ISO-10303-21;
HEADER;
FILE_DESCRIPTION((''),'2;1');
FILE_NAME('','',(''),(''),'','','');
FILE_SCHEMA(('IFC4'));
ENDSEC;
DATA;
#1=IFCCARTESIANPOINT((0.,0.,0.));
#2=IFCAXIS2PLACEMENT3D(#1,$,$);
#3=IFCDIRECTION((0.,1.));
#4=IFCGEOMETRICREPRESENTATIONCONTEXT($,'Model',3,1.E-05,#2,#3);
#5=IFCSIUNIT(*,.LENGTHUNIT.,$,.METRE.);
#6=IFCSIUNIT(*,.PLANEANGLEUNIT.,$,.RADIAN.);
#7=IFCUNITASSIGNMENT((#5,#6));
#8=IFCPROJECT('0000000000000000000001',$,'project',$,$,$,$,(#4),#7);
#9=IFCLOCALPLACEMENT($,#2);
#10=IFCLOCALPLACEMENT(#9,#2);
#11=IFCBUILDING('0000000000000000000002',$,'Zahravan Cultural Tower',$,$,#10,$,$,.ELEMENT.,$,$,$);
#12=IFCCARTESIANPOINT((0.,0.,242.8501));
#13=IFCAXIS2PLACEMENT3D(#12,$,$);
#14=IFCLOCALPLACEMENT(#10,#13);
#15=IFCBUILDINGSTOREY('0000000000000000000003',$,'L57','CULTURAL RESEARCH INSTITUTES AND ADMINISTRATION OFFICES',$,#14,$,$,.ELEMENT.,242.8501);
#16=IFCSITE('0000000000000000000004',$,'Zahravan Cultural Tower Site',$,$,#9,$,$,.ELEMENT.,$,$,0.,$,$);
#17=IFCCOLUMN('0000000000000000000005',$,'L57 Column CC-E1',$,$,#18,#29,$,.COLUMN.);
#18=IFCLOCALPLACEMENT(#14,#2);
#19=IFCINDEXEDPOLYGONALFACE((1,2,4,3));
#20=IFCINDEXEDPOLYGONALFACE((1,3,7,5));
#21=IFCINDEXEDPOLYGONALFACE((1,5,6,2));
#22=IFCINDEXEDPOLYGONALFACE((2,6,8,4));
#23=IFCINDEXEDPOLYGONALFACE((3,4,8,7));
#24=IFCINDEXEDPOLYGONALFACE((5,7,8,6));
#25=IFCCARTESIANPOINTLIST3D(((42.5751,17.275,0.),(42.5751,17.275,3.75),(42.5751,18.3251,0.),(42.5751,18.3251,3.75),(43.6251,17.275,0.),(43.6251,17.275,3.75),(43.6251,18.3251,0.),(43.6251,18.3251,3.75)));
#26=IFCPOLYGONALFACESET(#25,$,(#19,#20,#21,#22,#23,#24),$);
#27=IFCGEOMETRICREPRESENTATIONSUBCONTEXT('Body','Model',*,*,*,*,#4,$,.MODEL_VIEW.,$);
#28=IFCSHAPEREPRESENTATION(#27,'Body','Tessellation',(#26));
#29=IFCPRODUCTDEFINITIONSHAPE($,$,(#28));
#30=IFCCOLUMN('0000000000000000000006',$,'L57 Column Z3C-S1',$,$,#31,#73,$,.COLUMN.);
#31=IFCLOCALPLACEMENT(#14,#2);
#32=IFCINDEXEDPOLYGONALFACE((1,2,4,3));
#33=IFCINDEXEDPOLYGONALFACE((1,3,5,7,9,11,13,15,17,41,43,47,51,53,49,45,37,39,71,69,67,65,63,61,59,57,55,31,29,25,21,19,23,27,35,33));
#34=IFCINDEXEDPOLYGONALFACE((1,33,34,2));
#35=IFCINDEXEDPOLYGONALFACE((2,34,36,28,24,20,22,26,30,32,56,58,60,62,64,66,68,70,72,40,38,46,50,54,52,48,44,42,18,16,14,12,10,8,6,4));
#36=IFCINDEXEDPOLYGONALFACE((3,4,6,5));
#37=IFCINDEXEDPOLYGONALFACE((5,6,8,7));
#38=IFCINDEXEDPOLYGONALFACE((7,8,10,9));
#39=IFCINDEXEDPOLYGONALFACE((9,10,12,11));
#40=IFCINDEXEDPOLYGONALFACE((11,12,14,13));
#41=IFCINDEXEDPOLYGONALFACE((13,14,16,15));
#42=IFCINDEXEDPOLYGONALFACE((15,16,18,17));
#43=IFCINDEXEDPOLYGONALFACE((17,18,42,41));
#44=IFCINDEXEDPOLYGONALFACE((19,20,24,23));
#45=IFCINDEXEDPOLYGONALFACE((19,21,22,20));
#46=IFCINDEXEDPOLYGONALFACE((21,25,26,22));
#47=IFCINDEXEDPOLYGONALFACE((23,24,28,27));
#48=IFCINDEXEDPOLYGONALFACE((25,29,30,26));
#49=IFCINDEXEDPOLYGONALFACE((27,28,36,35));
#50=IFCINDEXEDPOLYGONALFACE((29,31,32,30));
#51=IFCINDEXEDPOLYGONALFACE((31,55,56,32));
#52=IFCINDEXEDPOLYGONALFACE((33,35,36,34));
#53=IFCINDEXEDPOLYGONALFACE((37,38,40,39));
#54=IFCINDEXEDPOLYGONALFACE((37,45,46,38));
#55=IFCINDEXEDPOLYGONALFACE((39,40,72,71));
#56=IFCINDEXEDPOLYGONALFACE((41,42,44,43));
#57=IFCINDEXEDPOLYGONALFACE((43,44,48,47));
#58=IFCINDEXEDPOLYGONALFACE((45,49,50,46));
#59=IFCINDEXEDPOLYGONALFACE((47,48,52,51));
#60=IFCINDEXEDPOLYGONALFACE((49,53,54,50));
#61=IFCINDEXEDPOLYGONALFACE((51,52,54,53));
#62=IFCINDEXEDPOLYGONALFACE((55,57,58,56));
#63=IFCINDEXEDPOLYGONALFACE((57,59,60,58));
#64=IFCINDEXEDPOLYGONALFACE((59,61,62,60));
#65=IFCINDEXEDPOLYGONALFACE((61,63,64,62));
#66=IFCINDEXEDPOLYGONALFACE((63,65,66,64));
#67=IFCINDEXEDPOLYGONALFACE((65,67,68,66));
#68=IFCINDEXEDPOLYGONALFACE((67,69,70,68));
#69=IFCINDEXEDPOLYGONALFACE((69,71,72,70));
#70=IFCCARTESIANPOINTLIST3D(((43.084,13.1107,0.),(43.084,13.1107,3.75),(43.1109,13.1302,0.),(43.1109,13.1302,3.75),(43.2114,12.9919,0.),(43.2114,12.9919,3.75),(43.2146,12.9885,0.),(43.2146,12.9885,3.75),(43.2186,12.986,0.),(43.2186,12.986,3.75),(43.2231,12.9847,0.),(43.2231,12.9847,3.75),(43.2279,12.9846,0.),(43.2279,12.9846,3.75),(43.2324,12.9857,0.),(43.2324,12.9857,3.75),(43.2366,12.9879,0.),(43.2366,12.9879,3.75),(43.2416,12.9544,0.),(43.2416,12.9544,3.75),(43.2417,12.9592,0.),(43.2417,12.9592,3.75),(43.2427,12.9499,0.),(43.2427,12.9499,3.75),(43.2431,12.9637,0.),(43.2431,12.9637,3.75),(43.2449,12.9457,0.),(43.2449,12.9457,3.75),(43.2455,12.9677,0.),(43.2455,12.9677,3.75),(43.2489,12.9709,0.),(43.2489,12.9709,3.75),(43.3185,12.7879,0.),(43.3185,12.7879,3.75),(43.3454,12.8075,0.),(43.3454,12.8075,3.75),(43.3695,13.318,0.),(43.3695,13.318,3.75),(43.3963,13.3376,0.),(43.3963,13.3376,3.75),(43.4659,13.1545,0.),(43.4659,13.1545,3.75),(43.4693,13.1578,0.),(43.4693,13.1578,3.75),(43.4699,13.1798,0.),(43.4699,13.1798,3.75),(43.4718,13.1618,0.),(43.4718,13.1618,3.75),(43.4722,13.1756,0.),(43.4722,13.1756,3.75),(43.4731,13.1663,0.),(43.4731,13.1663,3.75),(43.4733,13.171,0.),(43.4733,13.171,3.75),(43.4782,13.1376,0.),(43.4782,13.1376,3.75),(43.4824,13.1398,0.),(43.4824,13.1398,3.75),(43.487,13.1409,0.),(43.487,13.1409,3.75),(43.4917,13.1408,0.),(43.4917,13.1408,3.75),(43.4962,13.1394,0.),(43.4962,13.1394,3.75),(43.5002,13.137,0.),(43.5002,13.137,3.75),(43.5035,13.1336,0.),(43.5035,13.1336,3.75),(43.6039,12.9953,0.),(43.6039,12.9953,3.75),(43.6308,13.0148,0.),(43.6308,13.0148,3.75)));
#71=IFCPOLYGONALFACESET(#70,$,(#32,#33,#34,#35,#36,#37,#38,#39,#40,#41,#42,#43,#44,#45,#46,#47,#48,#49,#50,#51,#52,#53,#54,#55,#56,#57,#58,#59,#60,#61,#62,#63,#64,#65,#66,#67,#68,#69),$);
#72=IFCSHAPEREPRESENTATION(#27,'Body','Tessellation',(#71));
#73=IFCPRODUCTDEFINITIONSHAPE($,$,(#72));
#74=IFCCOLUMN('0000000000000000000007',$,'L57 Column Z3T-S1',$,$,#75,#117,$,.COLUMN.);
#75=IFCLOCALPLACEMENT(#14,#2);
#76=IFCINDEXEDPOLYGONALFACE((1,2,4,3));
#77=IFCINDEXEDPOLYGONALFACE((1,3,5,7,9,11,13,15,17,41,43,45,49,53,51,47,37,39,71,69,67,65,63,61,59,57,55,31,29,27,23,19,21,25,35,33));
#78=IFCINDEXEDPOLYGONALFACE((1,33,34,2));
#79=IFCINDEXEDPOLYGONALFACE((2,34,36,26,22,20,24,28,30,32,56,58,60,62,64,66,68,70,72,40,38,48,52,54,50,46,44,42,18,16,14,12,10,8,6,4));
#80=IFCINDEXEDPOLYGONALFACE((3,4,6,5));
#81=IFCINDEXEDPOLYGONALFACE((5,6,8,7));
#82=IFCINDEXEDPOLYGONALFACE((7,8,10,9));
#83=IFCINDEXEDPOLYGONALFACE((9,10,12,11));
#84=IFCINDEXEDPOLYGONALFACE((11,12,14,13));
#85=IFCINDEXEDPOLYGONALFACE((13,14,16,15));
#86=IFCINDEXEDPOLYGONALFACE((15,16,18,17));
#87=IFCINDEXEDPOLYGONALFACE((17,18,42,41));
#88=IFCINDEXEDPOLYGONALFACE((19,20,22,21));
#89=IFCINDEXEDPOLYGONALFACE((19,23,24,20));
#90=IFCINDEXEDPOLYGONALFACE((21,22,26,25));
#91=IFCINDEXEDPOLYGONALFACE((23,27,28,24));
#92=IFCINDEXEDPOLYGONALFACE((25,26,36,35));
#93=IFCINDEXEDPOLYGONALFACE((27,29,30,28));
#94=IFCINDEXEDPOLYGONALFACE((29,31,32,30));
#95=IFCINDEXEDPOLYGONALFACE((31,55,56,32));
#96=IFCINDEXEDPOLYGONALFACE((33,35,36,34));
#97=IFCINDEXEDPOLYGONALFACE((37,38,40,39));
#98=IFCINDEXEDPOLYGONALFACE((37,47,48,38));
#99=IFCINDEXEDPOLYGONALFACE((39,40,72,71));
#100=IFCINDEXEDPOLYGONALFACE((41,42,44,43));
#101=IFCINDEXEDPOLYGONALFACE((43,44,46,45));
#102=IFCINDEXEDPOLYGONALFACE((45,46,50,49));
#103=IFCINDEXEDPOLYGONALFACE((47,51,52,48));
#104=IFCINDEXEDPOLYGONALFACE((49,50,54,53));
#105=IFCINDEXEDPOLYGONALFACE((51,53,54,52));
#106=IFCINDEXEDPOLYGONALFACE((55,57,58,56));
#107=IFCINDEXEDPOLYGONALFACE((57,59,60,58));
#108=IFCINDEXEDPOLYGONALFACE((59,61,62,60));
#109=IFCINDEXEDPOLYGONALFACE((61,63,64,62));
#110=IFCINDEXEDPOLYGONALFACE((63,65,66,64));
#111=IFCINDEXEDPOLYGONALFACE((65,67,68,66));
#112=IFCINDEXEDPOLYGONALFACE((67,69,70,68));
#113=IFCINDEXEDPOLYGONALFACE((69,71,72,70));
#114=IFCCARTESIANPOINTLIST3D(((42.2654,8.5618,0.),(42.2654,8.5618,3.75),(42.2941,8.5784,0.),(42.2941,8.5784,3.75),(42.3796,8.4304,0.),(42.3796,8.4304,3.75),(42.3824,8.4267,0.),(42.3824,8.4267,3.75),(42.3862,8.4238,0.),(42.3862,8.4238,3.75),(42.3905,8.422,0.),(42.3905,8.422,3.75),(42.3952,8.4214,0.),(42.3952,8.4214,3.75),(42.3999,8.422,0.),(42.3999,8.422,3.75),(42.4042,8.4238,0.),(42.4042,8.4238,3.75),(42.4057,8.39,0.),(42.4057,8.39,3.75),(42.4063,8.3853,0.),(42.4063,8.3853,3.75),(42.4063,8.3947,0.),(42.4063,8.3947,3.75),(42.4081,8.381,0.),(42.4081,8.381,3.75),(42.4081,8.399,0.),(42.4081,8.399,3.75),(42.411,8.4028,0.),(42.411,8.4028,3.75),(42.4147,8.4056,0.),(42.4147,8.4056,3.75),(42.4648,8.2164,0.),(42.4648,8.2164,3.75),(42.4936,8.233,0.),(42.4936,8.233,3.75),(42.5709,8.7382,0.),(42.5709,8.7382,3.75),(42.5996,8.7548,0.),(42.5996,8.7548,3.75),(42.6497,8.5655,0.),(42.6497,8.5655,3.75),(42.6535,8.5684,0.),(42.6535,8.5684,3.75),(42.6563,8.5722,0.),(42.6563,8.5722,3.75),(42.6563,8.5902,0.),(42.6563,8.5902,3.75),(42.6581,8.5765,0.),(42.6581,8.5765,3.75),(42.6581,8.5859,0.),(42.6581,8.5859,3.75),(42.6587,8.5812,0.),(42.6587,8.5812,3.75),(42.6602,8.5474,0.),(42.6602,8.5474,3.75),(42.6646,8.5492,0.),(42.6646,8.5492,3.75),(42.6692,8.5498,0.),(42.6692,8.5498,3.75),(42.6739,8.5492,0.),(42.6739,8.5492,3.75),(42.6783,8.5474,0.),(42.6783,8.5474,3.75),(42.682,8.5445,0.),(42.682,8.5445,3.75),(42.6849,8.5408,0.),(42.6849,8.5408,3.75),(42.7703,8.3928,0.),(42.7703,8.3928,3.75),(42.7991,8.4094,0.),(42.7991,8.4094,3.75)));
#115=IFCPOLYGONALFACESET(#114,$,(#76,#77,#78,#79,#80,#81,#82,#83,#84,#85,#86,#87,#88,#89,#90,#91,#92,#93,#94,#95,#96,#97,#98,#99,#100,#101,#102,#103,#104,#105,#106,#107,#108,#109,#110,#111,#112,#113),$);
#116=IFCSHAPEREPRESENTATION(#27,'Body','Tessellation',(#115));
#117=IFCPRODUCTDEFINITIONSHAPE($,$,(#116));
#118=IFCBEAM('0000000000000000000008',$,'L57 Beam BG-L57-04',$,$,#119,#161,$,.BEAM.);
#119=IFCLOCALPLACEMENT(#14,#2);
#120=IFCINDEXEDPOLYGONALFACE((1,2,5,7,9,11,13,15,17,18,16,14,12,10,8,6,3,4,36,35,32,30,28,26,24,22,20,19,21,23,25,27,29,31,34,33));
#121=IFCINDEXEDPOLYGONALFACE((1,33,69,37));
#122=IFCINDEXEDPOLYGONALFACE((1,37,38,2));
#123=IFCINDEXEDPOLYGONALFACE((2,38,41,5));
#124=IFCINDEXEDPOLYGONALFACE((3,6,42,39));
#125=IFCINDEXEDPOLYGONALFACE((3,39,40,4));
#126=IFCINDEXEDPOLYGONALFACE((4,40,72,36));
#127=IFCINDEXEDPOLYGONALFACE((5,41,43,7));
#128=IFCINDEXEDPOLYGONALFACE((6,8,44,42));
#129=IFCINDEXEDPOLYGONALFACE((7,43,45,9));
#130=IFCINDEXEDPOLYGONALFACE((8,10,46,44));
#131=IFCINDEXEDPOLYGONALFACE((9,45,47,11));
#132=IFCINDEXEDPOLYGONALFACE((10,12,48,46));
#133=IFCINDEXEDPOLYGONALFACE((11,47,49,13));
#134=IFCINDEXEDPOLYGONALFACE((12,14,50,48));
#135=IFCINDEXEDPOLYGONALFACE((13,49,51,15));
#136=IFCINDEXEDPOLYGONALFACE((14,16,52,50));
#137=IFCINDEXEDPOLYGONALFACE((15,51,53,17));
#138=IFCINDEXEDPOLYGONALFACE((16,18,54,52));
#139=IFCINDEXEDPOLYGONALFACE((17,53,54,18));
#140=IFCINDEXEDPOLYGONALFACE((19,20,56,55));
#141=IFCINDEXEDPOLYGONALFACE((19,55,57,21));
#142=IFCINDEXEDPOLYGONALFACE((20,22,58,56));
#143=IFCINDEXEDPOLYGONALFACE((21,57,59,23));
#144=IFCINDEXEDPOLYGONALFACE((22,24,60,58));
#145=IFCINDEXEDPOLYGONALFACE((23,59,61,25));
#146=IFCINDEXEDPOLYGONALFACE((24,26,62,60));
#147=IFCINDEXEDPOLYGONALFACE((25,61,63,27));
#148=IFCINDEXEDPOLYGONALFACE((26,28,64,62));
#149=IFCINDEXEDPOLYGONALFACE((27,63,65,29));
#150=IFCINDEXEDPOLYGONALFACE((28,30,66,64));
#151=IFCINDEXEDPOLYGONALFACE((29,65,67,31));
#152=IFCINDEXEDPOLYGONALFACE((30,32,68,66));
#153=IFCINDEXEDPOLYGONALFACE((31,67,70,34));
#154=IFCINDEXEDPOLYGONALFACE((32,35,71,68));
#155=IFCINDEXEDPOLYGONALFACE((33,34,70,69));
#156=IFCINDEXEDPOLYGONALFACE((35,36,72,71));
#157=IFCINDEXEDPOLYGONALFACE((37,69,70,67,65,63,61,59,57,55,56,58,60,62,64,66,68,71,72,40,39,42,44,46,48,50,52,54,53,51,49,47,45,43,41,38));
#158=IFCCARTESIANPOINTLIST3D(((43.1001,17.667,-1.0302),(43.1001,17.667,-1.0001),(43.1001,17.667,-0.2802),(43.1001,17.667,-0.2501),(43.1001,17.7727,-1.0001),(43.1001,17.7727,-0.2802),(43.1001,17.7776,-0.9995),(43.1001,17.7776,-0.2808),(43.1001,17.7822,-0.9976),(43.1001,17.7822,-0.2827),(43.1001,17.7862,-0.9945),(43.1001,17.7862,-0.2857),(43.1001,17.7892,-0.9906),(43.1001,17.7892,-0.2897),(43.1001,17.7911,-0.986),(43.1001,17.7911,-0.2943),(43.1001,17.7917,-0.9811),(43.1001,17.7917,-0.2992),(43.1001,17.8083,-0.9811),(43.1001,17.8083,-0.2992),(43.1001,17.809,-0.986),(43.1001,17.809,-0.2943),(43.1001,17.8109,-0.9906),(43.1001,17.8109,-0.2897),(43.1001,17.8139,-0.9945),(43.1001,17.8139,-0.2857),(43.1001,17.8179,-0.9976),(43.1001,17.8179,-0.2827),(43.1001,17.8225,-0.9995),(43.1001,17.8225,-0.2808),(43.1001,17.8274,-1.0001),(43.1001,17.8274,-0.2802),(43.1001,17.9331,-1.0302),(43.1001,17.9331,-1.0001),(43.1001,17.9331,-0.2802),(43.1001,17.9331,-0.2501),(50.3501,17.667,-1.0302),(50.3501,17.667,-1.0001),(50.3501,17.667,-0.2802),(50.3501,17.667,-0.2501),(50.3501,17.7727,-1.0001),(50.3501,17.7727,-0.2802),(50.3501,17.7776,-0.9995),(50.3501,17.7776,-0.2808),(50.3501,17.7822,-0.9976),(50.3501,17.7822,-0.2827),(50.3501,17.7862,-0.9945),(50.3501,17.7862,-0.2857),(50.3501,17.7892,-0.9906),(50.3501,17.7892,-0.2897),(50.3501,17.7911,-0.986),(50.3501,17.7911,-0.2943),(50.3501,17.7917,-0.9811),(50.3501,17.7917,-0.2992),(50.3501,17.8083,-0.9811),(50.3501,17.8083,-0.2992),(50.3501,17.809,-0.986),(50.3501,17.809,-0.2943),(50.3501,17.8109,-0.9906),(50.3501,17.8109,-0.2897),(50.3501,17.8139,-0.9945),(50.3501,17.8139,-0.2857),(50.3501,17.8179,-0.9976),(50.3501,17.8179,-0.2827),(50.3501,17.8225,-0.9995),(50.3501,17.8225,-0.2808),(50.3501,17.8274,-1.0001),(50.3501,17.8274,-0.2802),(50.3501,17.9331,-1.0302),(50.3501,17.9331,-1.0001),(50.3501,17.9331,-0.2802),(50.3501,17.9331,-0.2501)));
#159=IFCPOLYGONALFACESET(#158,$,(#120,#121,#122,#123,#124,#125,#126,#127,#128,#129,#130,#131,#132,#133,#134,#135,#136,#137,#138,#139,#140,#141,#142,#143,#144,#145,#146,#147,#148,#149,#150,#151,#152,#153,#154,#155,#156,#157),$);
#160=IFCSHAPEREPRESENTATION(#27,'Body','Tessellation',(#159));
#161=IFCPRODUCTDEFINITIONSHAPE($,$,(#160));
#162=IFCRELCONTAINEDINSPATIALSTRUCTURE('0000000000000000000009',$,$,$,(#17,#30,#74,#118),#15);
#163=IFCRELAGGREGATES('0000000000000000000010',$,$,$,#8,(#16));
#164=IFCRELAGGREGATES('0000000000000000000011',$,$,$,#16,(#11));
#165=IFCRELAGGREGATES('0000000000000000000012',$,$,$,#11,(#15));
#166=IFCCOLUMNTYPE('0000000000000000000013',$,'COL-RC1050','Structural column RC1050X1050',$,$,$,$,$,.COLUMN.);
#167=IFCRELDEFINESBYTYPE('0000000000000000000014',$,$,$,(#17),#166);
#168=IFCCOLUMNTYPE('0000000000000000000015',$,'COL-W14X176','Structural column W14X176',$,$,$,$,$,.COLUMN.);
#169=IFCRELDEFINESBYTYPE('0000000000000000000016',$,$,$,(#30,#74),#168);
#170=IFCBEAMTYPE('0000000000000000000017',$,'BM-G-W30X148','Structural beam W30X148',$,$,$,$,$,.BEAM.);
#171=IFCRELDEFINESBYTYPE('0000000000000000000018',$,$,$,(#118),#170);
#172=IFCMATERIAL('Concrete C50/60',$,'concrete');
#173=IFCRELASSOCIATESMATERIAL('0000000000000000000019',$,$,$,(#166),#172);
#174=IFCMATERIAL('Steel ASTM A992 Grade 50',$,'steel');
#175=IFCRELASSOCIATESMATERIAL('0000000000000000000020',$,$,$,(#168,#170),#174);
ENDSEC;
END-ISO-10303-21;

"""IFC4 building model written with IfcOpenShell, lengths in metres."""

from ifc_helpers import new_model, si_unit, direction, frame, origin, origin_2d, place, context, subcontext, project, spatial, rectangle, i_section, extrude, source, transform, mapped, material, material_profile, profile_set, type_object, element, save


model = new_model("IFC4")

# Units and contexts
model_context = context("Model", 3, precision=1e-05, world=origin(), true_north=direction((0.0, 1.0)))
body_context = subcontext(model_context, "Body", "Model", "MODEL_VIEW")
ifc_project = project(units=[si_unit("LENGTHUNIT", "METRE"), si_unit("PLANEANGLEUNIT", "RADIAN")], contexts=[model_context])

# Site, building, storey
site_placement = place(None, origin())
site = spatial("IfcSite", under=ifc_project, at=site_placement, Name="Zahravan Cultural Tower Site", CompositionType="ELEMENT", RefElevation=0.0)
building_placement = place(site_placement, origin())
building = spatial("IfcBuilding", under=site, at=building_placement, Name="Zahravan Cultural Tower", CompositionType="ELEMENT")
storey_placement = place(building_placement, frame((0.0, 0.0, 242.8501)))
storey = spatial("IfcBuildingStorey", under=building, at=storey_placement, Name="L57", Description="CULTURAL RESEARCH INSTITUTES AND ADMINISTRATION OFFICES", CompositionType="ELEMENT", Elevation=242.8501)

# Columns
ifc_material_1 = material(Name="Concrete C50/60", Category="concrete")
ifc_material_profile_1 = material_profile(ifc_material_1, rectangle(XDim=1.05, YDim=1.05, at=origin_2d()), Name="RC1050X1050")
ifc_profile_set_1 = profile_set([ifc_material_profile_1], Name="Concrete C50/60")
column_type_1 = type_object("IfcColumnType", Name="COL-RC1050", Description="Structural column RC1050X1050", PredefinedType="COLUMN", material=ifc_profile_set_1)
shared_shape_1 = source(origin(), body_context, "Body", "SweptSolid", [
    extrude(rectangle(XDim=1.05, YDim=1.05, at=origin_2d()), origin(), (0.0, 0.0, 1.0), 3.75),
])
column_placement = place(storey_placement, frame((43.1001, 17.8, 0.0), z_axis=(0.0, 0.0, 1.0), x_axis=(1.0, 0.0, 0.0)))
element("IfcColumn", 1, at=column_placement, inside=storey, type_object=column_type_1, Name="L57 Column CC-E1", PredefinedType="COLUMN", context=body_context, shape_type="MappedRepresentation", body=[
    mapped(shared_shape_1, transform((0.0, 0.0, 0.0), x_axis=(1.0, 0.0, 0.0), y_axis=(0.0, 1.0, 0.0), z_axis=(0.0, 0.0, 1.0), scale=1.0)),
])
ifc_material_2 = material(Name="Steel ASTM A992 Grade 50", Category="steel")
ifc_material_profile_2 = material_profile(ifc_material_2, i_section(OverallWidth=0.3989, OverallDepth=0.386, WebThickness=0.021, FlangeThickness=0.0332, FilletRadius=0.0181, at=origin_2d()), Name="W14X176")
ifc_profile_set_2 = profile_set([ifc_material_profile_2], Name="Steel ASTM A992 Grade 50")
column_type_2 = type_object("IfcColumnType", Name="COL-W14X176", Description="Structural column W14X176", PredefinedType="COLUMN", material=ifc_profile_set_2)
shared_shape_2 = source(origin(), body_context, "Body", "SweptSolid", [
    extrude(i_section(OverallWidth=0.3989, OverallDepth=0.386, WebThickness=0.021, FlangeThickness=0.0332, FilletRadius=0.0181, at=origin_2d()), origin(), (0.0, 0.0, 1.0), 3.75),
])
for number, where, z_axis, x_axis, name in (
    (2, (43.3574, 13.0627, 0.0), (0.0, 0.0, 1.0), (-0.587785, 0.809017, 0.0), "L57 Column Z3C-S1"),
    (3, (42.5322, 8.4856, 0.0), (0.0, 0.0, 1.0), (-0.5, 0.866025, 0.0), "L57 Column Z3T-S1"),
):
    element("IfcColumn", number, at=place(storey_placement, frame(where, z_axis=z_axis, x_axis=x_axis)), inside=storey, type_object=column_type_2, Name=name, PredefinedType="COLUMN", context=body_context, shape_type="MappedRepresentation", body=[
        mapped(shared_shape_2, transform((0.0, 0.0, 0.0), x_axis=(1.0, 0.0, 0.0), y_axis=(0.0, 1.0, 0.0), z_axis=(0.0, 0.0, 1.0), scale=1.0)),
    ])

# Beam
ifc_material_profile_3 = material_profile(ifc_material_2, i_section(OverallWidth=0.2661, OverallDepth=0.78, WebThickness=0.0166, FlangeThickness=0.03, FilletRadius=0.019, at=origin_2d()), Name="W30X148")
ifc_profile_set_3 = profile_set([ifc_material_profile_3], Name="Steel ASTM A992 Grade 50")
beam_type_1 = type_object("IfcBeamType", Name="BM-G-W30X148", Description="Structural beam W30X148", PredefinedType="BEAM", material=ifc_profile_set_3)
shared_shape_3 = source(origin(), body_context, "Body", "SweptSolid", [
    extrude(i_section(OverallWidth=0.2661, OverallDepth=0.78, WebThickness=0.0166, FlangeThickness=0.03, FilletRadius=0.019, at=origin_2d()), origin(), (0.0, 0.0, 1.0), 7.25),
])
beam_1_placement = place(storey_placement, frame((43.1001, 17.8, -0.6401), z_axis=(1.0, 0.0, 0.0), x_axis=(0.0, 1.0, 0.0)))
element("IfcBeam", 4, at=beam_1_placement, inside=storey, type_object=beam_type_1, Name="L57 Beam BG-L57-04", PredefinedType="BEAM", context=body_context, shape_type="MappedRepresentation", body=[
    mapped(shared_shape_3, transform((0.0, 0.0, 0.0), x_axis=(1.0, 0.0, 0.0), y_axis=(0.0, 1.0, 0.0), z_axis=(0.0, 0.0, 1.0), scale=1.0)),
])

save(model, "model.ifc")
